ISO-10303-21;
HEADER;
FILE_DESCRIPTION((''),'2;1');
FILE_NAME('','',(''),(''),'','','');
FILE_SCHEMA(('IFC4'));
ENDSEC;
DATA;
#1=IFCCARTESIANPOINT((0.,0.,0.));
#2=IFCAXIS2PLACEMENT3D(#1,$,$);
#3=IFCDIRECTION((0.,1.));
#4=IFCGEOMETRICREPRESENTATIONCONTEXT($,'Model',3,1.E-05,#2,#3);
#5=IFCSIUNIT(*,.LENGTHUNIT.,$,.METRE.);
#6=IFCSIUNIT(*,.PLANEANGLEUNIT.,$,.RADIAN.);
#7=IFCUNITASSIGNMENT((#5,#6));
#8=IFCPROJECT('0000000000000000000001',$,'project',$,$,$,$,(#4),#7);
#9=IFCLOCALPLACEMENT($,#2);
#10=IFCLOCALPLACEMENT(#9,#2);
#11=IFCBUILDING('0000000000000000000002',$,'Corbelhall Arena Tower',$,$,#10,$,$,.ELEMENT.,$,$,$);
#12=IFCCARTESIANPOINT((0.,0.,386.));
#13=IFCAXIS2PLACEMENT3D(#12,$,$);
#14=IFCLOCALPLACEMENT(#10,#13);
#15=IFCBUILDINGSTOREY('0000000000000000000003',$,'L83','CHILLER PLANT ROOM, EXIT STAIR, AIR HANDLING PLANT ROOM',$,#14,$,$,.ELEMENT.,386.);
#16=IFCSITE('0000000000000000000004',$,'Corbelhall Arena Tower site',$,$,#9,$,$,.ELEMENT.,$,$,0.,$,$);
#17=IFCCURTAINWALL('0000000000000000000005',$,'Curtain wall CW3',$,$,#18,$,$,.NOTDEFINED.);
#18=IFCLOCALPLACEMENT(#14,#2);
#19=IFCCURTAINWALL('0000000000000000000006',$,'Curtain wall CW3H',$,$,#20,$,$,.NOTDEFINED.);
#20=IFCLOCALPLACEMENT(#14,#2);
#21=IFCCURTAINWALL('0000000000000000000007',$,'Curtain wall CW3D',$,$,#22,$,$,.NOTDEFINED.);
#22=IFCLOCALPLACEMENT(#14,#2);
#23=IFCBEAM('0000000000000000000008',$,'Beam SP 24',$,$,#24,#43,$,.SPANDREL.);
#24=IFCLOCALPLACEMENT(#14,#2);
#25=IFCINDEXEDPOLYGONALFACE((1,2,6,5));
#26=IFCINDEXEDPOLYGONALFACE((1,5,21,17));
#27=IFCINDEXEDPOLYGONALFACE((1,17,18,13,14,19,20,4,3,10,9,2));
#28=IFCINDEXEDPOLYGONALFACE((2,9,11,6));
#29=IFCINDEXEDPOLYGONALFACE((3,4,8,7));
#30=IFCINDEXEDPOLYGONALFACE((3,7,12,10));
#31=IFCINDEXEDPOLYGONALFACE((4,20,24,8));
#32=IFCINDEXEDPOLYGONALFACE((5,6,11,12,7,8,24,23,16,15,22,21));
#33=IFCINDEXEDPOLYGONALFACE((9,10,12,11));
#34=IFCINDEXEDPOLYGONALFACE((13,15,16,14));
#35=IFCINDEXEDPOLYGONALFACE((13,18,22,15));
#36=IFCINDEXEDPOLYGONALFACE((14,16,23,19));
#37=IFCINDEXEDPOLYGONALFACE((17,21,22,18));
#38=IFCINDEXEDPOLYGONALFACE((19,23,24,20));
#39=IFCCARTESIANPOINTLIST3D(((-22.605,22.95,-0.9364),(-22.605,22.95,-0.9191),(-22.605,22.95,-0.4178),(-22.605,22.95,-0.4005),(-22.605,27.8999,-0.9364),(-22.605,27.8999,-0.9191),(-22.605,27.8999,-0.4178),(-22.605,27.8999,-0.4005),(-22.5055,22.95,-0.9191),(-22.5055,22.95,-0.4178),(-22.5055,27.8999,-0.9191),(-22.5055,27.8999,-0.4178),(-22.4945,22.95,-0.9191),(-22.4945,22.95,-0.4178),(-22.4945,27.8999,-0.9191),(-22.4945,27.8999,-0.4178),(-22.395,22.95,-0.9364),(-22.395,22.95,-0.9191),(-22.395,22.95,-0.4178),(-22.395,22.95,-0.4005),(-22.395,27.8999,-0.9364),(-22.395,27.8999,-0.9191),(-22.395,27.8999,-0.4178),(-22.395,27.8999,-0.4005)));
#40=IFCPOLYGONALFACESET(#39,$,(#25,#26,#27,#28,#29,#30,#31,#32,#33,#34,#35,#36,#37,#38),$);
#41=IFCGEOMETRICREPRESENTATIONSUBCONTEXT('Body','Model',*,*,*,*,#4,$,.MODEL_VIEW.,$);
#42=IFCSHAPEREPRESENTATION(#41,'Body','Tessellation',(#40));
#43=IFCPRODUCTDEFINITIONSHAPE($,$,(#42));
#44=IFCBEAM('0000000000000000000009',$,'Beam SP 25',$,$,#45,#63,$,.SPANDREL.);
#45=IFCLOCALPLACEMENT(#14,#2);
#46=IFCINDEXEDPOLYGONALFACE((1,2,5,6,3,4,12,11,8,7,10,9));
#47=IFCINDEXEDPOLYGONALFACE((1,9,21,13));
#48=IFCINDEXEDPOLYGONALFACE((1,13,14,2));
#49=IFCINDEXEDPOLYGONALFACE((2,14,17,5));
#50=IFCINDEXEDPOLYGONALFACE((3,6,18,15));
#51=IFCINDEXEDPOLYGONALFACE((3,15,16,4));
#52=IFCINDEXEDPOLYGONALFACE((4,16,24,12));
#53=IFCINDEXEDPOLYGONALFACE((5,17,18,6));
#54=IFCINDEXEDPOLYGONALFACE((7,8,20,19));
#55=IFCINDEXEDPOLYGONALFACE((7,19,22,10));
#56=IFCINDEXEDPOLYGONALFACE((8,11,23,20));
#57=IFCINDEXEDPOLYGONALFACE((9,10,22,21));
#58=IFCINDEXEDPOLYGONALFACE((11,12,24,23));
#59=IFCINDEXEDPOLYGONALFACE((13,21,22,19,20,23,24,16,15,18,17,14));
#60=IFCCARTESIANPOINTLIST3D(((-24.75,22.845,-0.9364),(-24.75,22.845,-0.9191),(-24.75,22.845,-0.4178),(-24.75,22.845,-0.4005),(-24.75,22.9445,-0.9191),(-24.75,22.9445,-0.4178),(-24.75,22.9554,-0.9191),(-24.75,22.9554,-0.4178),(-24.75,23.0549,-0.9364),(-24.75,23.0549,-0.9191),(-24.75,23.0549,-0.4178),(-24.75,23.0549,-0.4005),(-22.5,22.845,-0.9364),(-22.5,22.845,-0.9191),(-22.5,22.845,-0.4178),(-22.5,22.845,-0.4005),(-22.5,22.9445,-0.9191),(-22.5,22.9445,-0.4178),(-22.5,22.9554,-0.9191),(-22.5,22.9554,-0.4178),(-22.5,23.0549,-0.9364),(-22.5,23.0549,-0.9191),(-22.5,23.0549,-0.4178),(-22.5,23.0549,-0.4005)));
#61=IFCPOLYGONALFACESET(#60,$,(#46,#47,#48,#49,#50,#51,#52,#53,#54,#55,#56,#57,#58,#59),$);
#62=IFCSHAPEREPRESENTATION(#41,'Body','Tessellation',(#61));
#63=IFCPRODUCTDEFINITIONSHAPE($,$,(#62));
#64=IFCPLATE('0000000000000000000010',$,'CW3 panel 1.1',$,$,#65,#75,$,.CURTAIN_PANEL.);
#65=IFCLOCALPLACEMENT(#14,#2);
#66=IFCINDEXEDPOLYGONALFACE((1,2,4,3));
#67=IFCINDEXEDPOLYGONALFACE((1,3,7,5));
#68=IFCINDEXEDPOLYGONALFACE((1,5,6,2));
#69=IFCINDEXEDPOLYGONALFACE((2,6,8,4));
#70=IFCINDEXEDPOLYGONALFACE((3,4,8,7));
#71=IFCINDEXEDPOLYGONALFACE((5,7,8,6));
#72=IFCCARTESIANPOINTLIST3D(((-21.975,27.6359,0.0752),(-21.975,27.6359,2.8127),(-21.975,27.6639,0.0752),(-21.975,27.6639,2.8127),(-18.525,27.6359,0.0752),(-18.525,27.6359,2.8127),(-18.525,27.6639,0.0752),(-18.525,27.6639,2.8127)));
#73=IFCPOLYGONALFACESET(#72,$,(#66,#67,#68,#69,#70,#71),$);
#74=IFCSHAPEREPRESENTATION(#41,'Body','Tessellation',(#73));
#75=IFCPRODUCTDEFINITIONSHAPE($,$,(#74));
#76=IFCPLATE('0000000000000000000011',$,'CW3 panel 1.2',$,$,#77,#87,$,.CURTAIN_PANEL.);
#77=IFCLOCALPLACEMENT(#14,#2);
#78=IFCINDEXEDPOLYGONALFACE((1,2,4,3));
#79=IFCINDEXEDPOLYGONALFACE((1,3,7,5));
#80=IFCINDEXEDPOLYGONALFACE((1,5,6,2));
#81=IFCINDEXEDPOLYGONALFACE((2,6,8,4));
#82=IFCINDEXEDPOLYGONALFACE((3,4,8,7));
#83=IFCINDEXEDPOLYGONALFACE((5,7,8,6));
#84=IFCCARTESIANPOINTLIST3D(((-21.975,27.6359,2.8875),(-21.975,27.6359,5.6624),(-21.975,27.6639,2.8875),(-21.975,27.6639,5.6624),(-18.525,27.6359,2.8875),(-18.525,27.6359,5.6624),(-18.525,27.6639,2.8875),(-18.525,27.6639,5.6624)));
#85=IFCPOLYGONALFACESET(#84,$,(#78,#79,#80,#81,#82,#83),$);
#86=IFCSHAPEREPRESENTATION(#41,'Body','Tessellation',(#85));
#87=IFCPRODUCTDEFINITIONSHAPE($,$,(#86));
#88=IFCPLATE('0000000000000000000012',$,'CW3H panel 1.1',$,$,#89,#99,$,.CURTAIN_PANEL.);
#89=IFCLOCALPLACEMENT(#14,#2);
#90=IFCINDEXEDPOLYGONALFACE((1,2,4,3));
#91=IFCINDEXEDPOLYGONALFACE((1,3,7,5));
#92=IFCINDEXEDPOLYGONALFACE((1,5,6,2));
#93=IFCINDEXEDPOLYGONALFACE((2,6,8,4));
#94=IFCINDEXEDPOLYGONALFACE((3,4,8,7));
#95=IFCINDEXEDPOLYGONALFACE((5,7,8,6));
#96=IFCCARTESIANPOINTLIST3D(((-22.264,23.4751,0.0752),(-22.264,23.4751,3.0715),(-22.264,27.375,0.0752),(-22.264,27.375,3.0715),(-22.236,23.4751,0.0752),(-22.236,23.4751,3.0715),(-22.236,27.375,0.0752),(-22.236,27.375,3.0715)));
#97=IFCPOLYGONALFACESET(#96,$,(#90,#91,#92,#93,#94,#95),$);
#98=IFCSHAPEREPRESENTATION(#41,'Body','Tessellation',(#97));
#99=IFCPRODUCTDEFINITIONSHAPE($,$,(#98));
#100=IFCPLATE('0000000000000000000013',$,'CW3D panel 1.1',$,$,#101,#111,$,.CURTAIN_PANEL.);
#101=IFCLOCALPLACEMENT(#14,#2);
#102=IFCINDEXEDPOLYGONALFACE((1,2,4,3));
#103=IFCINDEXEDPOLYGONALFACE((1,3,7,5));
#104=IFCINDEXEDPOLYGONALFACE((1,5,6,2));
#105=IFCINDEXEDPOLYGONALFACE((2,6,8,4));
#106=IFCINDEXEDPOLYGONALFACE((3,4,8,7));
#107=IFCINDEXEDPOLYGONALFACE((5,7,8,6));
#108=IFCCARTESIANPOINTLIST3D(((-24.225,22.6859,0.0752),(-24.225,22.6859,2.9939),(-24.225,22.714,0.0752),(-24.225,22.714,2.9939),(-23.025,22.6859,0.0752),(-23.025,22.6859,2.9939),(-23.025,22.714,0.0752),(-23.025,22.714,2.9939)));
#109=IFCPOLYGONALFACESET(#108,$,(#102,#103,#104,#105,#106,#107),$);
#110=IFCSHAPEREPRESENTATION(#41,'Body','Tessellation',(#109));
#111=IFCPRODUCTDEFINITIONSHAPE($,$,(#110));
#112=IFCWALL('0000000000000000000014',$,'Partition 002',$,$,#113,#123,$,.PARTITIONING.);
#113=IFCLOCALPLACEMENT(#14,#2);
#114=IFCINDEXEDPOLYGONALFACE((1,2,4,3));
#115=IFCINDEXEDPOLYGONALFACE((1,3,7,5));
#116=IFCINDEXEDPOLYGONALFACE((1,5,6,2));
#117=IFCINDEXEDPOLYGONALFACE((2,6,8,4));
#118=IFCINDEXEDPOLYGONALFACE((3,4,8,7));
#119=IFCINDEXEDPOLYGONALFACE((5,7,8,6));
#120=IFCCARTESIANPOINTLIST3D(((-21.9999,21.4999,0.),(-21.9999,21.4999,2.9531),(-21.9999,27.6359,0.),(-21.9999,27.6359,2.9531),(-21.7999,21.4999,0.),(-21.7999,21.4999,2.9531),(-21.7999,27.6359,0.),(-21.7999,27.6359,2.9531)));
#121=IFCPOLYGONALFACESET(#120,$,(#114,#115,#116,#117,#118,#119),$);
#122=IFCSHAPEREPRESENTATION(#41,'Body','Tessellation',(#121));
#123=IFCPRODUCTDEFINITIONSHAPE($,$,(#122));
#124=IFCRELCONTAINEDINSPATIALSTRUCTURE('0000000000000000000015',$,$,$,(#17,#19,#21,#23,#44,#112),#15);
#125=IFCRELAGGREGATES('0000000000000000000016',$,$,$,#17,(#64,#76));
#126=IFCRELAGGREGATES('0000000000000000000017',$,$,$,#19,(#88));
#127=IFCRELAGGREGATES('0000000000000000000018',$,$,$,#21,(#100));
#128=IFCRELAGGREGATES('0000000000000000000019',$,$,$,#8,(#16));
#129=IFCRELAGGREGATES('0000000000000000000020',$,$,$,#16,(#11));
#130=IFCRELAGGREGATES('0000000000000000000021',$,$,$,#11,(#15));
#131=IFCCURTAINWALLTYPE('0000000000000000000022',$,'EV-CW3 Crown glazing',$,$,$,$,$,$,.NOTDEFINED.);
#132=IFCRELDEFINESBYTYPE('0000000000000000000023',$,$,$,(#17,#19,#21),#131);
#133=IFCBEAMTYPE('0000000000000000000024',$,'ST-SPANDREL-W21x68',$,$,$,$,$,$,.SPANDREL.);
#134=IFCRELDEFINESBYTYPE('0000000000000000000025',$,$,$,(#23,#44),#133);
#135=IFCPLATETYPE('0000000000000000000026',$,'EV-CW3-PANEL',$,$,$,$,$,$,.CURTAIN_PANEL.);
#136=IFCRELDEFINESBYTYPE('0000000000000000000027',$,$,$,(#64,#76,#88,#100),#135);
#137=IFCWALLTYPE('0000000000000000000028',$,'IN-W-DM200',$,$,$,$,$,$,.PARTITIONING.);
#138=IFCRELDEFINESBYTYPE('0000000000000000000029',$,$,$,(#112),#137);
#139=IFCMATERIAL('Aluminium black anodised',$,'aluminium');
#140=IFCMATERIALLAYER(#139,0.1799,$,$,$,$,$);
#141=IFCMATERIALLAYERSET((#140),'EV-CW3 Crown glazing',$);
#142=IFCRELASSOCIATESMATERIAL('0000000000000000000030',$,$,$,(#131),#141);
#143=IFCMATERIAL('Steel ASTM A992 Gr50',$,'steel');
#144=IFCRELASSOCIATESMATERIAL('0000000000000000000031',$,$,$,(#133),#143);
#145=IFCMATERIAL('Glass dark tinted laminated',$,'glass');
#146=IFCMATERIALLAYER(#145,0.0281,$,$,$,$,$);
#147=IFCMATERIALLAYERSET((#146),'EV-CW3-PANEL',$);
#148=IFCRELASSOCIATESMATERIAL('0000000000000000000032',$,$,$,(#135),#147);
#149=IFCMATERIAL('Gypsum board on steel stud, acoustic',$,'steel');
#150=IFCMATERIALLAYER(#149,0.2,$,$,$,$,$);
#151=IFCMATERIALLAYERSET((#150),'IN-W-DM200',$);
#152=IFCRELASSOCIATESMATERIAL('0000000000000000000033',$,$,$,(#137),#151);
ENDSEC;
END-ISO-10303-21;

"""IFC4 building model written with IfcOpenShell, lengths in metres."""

from ifc_helpers import new_model, si_unit, direction, frame, frame_2d, origin, origin_2d, place, context, subcontext, project, spatial, rectangle, i_section, extrude, material, layer, layer_set, material_profile, profile_set, type_object, element, aggregate, save


model = new_model("IFC4")

# Units and contexts
model_context = context("Model", 3, precision=1e-05, world=origin(), true_north=direction((0.0, 1.0)))
body_context = subcontext(model_context, "Body", "Model", "MODEL_VIEW")
ifc_project = project(units=[si_unit("LENGTHUNIT", "METRE"), si_unit("PLANEANGLEUNIT", "RADIAN")], contexts=[model_context])

# Site, building, storey
site_placement = place(None, origin())
site = spatial("IfcSite", under=ifc_project, at=site_placement, Name="Corbelhall Arena Tower site", CompositionType="ELEMENT", RefElevation=0.0)
building_placement = place(site_placement, origin())
building = spatial("IfcBuilding", under=site, at=building_placement, Name="Corbelhall Arena Tower", CompositionType="ELEMENT")
storey_placement = place(building_placement, frame((0.0, 0.0, 386.0)))
storey = spatial("IfcBuildingStorey", under=building, at=storey_placement, Name="L83", Description="CHILLER PLANT ROOM, EXIT STAIR, AIR HANDLING PLANT ROOM", CompositionType="ELEMENT", Elevation=386.0)

# Curtain wall
ifc_material_1 = material(Name="Aluminium black anodised", Category="aluminium")
ifc_layer_1 = layer(ifc_material_1, 0.1799)
ifc_layer_set_1 = layer_set([ifc_layer_1], Name="EV-CW3 Crown glazing")
curtain_wall_type = type_object("IfcCurtainWallType", Name="EV-CW3 Crown glazing", PredefinedType="NOTDEFINED", material=ifc_layer_set_1)
curtain_wall_1_placement = place(storey_placement, origin())
curtain_wall_1 = element("IfcCurtainWall", 1, at=curtain_wall_1_placement, inside=storey, type_object=curtain_wall_type, Name="Curtain wall CW3", PredefinedType="NOTDEFINED")

# Curtain walls
curtain_wall_2_placement = place(storey_placement, origin())
curtain_wall_2 = element("IfcCurtainWall", 2, at=curtain_wall_2_placement, inside=storey, type_object=curtain_wall_type, Name="Curtain wall CW3H", PredefinedType="NOTDEFINED")
curtain_wall_3_placement = place(storey_placement, origin())
curtain_wall_3 = element("IfcCurtainWall", 3, at=curtain_wall_3_placement, inside=storey, type_object=curtain_wall_type, Name="Curtain wall CW3D", PredefinedType="NOTDEFINED")

# Beams
ifc_material_2 = material(Name="Steel ASTM A992 Gr50", Category="steel")
ifc_material_profile_1 = material_profile(ifc_material_2, i_section(OverallWidth=0.21, OverallDepth=0.5359, WebThickness=0.011, FlangeThickness=0.0173, at=origin_2d()))
ifc_profile_set_1 = profile_set([ifc_material_profile_1], Name="Steel ASTM A992 Gr50")
beam_type = type_object("IfcBeamType", Name="ST-SPANDREL-W21x68", PredefinedType="SPANDREL", material=ifc_profile_set_1)
beam_1_placement = place(storey_placement, frame((-22.5, 22.95, -0.6685), z_axis=(0.0, 1.0, 0.0), x_axis=(-1.0, 0.0, 0.0)))
element("IfcBeam", 4, at=beam_1_placement, inside=storey, type_object=beam_type, Name="Beam SP 24", PredefinedType="SPANDREL", context=body_context, shape_type="SweptSolid", body=[
    extrude(i_section(OverallWidth=0.21, OverallDepth=0.5359, WebThickness=0.011, FlangeThickness=0.0173, at=origin_2d()), origin(), (0.0, 0.0, 1.0), 4.95),
])
beam_2_placement = place(storey_placement, frame((-24.75, 22.95, -0.6685), z_axis=(1.0, 0.0, 0.0), x_axis=(0.0, 1.0, 0.0)))
element("IfcBeam", 5, at=beam_2_placement, inside=storey, type_object=beam_type, Name="Beam SP 25", PredefinedType="SPANDREL", context=body_context, shape_type="SweptSolid", body=[
    extrude(i_section(OverallWidth=0.21, OverallDepth=0.5359, WebThickness=0.011, FlangeThickness=0.0173, at=origin_2d()), origin(), (0.0, 0.0, 1.0), 2.25),
])

# Plates
ifc_material_3 = material(Name="Glass dark tinted laminated", Category="glass")
ifc_layer_2 = layer(ifc_material_3, 0.0281)
ifc_layer_set_2 = layer_set([ifc_layer_2], Name="EV-CW3-PANEL")
plate_type = type_object("IfcPlateType", Name="EV-CW3-PANEL", PredefinedType="CURTAIN_PANEL", material=ifc_layer_set_2)
plate_1_placement = place(storey_placement, frame((-20.25, 27.6499, 0.0752), z_axis=(0.0, 0.0, 1.0), x_axis=(-1.0, 0.0, 0.0)))
plate_1 = element("IfcPlate", 6, at=plate_1_placement, type_object=plate_type, Name="CW3 panel 1.1", PredefinedType="CURTAIN_PANEL", context=body_context, shape_type="SweptSolid", body=[
    extrude(rectangle(XDim=3.45, YDim=0.0281, at=origin_2d()), origin(), (0.0, 0.0, 1.0), 2.7375),
])
plate_2_placement = place(storey_placement, frame((-20.25, 27.6499, 2.8875), z_axis=(0.0, 0.0, 1.0), x_axis=(-1.0, 0.0, 0.0)))
plate_2 = element("IfcPlate", 7, at=plate_2_placement, type_object=plate_type, Name="CW3 panel 1.2", PredefinedType="CURTAIN_PANEL", context=body_context, shape_type="SweptSolid", body=[
    extrude(rectangle(XDim=3.45, YDim=0.0281, at=origin_2d()), origin(), (0.0, 0.0, 1.0), 2.7749),
])
aggregate(curtain_wall_1, [plate_1, plate_2])
plate_3_placement = place(storey_placement, frame((-22.25, 25.425, 0.0752), z_axis=(0.0, 0.0, 1.0), x_axis=(0.0, -1.0, 0.0)))
plate_3 = element("IfcPlate", 8, at=plate_3_placement, type_object=plate_type, Name="CW3H panel 1.1", PredefinedType="CURTAIN_PANEL", context=body_context, shape_type="SweptSolid", body=[
    extrude(rectangle(XDim=3.8999, YDim=0.0281, at=origin_2d()), origin(), (0.0, 0.0, 1.0), 2.9963),
])
aggregate(curtain_wall_2, [plate_3])
plate_4_placement = place(storey_placement, frame((-23.625, 22.7, 0.0752), z_axis=(0.0, 0.0, 1.0), x_axis=(-1.0, 0.0, 0.0)))
plate_4 = element("IfcPlate", 9, at=plate_4_placement, type_object=plate_type, Name="CW3D panel 1.1", PredefinedType="CURTAIN_PANEL", context=body_context, shape_type="SweptSolid", body=[
    extrude(rectangle(XDim=1.2, YDim=0.0281, at=origin_2d()), origin(), (0.0, 0.0, 1.0), 2.9187),
])
aggregate(curtain_wall_3, [plate_4])

# Wall
ifc_material_4 = material(Name="Gypsum board on steel stud, acoustic", Category="steel")
ifc_layer_3 = layer(ifc_material_4, 0.2)
ifc_layer_set_3 = layer_set([ifc_layer_3], Name="IN-W-DM200")
wall_type_1 = type_object("IfcWallType", Name="IN-W-DM200", PredefinedType="PARTITIONING", material=ifc_layer_set_3)
wall_1_placement = place(storey_placement, frame((-21.8999, 21.5, 0.0), z_axis=(0.0, 0.0, 1.0), x_axis=(0.0, 1.0, 0.0)))
element("IfcWall", 10, at=wall_1_placement, inside=storey, type_object=wall_type_1, Name="Partition 002", PredefinedType="PARTITIONING", context=body_context, shape_type="SweptSolid", body=[
    extrude(rectangle(XDim=6.136, YDim=0.2, at=frame_2d((3.0679, 0.0))), origin(), (0.0, 0.0, 1.0), 2.9531),
])

save(model, "model.ifc")
